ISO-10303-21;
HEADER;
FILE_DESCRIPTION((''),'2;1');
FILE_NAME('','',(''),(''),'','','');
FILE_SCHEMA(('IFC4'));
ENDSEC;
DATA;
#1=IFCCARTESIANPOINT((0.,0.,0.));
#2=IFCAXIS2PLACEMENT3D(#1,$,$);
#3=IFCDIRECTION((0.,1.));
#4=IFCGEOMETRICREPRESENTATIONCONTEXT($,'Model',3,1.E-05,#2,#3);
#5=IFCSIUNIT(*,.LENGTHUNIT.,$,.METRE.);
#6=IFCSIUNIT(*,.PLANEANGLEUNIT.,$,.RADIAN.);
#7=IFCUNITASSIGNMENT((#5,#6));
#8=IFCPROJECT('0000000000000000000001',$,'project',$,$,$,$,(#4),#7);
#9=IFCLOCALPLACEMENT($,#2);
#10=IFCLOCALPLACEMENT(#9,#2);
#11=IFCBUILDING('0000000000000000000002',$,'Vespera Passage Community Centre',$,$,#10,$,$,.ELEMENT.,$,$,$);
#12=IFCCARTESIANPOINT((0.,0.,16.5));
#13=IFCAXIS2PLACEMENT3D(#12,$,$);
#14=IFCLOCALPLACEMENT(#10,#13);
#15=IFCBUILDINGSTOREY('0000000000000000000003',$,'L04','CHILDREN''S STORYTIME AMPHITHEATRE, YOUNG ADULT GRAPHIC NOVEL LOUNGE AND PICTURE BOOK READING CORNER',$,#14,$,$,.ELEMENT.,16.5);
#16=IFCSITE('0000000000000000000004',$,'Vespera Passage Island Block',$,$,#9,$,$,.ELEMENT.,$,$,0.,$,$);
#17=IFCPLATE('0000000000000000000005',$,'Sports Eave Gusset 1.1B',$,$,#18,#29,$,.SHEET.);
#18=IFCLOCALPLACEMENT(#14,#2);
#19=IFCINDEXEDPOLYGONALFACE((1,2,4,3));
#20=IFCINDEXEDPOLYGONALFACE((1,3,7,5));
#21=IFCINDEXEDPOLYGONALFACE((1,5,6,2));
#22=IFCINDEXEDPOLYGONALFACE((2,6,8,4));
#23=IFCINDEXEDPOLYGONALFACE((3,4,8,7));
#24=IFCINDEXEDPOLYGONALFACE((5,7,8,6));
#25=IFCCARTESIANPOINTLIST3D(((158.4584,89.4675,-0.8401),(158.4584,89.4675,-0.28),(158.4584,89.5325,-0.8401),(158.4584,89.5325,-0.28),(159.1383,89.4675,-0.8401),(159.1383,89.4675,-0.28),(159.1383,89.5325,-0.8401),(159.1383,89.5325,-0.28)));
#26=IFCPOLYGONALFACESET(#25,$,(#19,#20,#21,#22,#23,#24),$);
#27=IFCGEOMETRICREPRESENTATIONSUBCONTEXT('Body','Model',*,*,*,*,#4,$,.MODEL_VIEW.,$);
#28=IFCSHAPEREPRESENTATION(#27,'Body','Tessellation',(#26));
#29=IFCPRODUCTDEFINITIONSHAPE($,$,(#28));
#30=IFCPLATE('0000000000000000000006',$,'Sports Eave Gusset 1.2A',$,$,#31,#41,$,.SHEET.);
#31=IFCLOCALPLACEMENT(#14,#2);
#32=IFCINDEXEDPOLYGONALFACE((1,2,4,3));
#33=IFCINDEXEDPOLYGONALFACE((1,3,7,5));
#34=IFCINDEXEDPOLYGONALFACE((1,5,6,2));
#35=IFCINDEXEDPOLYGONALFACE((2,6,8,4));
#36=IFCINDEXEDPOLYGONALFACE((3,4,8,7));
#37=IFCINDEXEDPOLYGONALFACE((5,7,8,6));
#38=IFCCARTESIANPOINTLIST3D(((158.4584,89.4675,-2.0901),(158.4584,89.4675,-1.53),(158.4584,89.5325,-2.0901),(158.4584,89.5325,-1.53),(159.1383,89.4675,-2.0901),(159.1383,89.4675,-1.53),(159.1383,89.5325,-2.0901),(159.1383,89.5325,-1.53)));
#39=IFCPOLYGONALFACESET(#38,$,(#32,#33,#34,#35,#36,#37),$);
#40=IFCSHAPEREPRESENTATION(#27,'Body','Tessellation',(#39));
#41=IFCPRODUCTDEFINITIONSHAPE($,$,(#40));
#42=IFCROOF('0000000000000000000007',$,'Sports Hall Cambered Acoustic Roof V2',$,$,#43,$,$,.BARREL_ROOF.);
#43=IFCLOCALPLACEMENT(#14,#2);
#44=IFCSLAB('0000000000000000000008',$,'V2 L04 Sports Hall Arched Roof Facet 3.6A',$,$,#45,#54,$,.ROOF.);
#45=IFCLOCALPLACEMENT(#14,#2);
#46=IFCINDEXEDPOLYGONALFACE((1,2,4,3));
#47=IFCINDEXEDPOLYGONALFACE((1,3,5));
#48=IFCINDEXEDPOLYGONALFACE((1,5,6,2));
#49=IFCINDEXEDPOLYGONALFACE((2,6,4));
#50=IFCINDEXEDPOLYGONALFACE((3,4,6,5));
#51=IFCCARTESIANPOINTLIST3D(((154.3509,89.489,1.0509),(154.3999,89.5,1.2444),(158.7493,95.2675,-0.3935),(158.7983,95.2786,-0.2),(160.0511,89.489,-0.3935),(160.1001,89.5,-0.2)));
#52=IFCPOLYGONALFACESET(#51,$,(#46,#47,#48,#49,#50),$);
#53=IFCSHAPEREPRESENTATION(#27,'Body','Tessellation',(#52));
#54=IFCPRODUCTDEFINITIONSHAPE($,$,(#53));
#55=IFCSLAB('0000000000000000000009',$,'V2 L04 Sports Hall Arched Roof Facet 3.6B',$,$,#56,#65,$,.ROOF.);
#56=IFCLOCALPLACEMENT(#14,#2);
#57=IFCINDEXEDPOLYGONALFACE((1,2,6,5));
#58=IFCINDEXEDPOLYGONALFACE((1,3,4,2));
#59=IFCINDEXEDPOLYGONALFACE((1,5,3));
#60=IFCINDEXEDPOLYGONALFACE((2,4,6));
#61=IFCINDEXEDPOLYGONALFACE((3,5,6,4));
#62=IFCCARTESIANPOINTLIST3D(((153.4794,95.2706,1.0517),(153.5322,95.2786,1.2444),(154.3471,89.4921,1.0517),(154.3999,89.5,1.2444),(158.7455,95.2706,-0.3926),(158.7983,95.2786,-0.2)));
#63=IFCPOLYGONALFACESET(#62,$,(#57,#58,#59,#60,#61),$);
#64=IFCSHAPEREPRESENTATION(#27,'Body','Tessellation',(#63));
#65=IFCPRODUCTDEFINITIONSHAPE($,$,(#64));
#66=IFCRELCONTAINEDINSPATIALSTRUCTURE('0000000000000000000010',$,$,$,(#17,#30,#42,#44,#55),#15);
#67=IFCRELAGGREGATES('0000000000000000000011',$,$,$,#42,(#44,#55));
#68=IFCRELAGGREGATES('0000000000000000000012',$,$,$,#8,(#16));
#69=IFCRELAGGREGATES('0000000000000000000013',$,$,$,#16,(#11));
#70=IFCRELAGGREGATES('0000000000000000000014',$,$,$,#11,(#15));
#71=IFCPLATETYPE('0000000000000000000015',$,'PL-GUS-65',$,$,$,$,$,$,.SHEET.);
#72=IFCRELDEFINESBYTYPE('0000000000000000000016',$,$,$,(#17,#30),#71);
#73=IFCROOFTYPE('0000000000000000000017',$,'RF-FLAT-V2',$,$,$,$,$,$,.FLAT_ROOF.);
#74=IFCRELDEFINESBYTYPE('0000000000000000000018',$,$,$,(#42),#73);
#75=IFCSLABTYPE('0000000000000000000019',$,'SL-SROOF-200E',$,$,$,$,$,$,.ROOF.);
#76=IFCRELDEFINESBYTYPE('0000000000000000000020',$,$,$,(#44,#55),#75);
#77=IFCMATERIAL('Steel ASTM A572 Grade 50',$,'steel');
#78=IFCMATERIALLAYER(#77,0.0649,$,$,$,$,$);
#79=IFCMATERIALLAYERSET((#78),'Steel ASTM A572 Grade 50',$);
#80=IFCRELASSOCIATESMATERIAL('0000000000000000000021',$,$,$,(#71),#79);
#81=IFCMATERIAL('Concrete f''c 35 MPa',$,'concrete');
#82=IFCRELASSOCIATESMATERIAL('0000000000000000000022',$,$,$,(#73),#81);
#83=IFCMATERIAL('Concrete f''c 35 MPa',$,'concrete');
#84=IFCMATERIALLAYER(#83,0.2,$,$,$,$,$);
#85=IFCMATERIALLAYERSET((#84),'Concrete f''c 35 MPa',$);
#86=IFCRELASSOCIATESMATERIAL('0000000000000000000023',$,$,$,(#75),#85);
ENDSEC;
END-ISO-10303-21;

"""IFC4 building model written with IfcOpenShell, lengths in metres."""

from ifc_helpers import new_model, si_unit, direction, frame, origin, origin_2d, place, context, subcontext, project, spatial, polyline, rectangle, outline, extrude, material, layer, layer_set, type_object, element, aggregate, save


model = new_model("IFC4")

# Units and contexts
model_context = context("Model", 3, precision=1e-05, world=origin(), true_north=direction((0.0, 1.0)))
body_context = subcontext(model_context, "Body", "Model", "MODEL_VIEW")
ifc_project = project(units=[si_unit("LENGTHUNIT", "METRE"), si_unit("PLANEANGLEUNIT", "RADIAN")], contexts=[model_context])

# Site, building, storey
site_placement = place(None, origin())
site = spatial("IfcSite", under=ifc_project, at=site_placement, Name="Vespera Passage Island Block", CompositionType="ELEMENT", RefElevation=0.0)
building_placement = place(site_placement, origin())
building = spatial("IfcBuilding", under=site, at=building_placement, Name="Vespera Passage Community Centre", CompositionType="ELEMENT")
storey_placement = place(building_placement, frame((0.0, 0.0, 16.5)))
storey = spatial("IfcBuildingStorey", under=building, at=storey_placement, Name="L04", Description="CHILDREN'S STORYTIME AMPHITHEATRE, YOUNG ADULT GRAPHIC NOVEL LOUNGE AND PICTURE BOOK READING CORNER", CompositionType="ELEMENT", Elevation=16.5)

# Plates
ifc_material_1 = material(Name="Steel ASTM A572 Grade 50", Category="steel")
ifc_layer_1 = layer(ifc_material_1, 0.0649)
ifc_layer_set_1 = layer_set([ifc_layer_1], Name="Steel ASTM A572 Grade 50")
plate_type_1 = type_object("IfcPlateType", Name="PL-GUS-65", PredefinedType="SHEET", material=ifc_layer_set_1)
for number, where, z_axis, x_axis, name in (
    (1, (158.7983, 89.5, -0.8401), (0.0, 0.0, 1.0), (1.0, 0.0, 0.0), "Sports Eave Gusset 1.1B"),
    (2, (158.7983, 89.5, -2.0901), (0.0, 0.0, 1.0), (1.0, 0.0, 0.0), "Sports Eave Gusset 1.2A"),
):
    element("IfcPlate", number, at=place(storey_placement, frame(where, z_axis=z_axis, x_axis=x_axis)), inside=storey, type_object=plate_type_1, Name=name, PredefinedType="SHEET", context=body_context, shape_type="SweptSolid", body=[
        extrude(rectangle(XDim=0.6799, YDim=0.0649, at=origin_2d()), origin(), (0.0, 0.0, 1.0), 0.5601),
    ])

# Roof, slabs
ifc_material_2 = material(Name="Concrete f'c 35 MPa", Category="concrete")
roof_type = type_object("IfcRoofType", Name="RF-FLAT-V2", PredefinedType="FLAT_ROOF", material=ifc_material_2)
roof_placement = place(storey_placement, origin())
roof = element("IfcRoof", 3, at=roof_placement, inside=storey, type_object=roof_type, Name="Sports Hall Cambered Acoustic Roof V2", PredefinedType="BARREL_ROOF")
ifc_material_3 = material(Name="Concrete f'c 35 MPa", Category="concrete")
ifc_layer_2 = layer(ifc_material_3, 0.2)
ifc_layer_set_2 = layer_set([ifc_layer_2], Name="Concrete f'c 35 MPa")
slab_type = type_object("IfcSlabType", Name="SL-SROOF-200E", PredefinedType="ROOF", material=ifc_layer_set_2)
slab_1_placement = place(storey_placement, frame((154.3999, 89.5, 1.2444), z_axis=(0.245246, 0.055247, 0.967885), x_axis=(0.969366, 0.0, -0.245621)))
slab_1 = element("IfcSlab", 4, at=slab_1_placement, inside=storey, type_object=slab_type, Name="V2 L04 Sports Hall Arched Roof Facet 3.6A", PredefinedType="ROOF", context=body_context, shape_type="SweptSolid", body=[
    extrude(outline(polyline([(0.0, 0.0), (5.8803, 0.0), (4.6185, 5.7874), (0.0, 0.0)])), origin(), (0.0, 0.0, -1.0), 0.2),
])
slab_2_placement = place(storey_placement, frame((154.3999, 89.5, 1.2444), z_axis=(0.264293, 0.039685, 0.963626), x_axis=(0.594036, 0.78043, -0.195066)))
slab_2 = element("IfcSlab", 5, at=slab_2_placement, inside=storey, type_object=slab_type, Name="V2 L04 Sports Hall Arched Roof Facet 3.6B", PredefinedType="ROOF", context=body_context, shape_type="SweptSolid", body=[
    extrude(outline(polyline([(0.0, 0.0), (7.4043, 0.0), (3.9943, 4.265), (0.0, 0.0)])), origin(), (0.0, 0.0, -1.0), 0.2),
])
aggregate(roof, [slab_1, slab_2])

save(model, "model.ifc")
